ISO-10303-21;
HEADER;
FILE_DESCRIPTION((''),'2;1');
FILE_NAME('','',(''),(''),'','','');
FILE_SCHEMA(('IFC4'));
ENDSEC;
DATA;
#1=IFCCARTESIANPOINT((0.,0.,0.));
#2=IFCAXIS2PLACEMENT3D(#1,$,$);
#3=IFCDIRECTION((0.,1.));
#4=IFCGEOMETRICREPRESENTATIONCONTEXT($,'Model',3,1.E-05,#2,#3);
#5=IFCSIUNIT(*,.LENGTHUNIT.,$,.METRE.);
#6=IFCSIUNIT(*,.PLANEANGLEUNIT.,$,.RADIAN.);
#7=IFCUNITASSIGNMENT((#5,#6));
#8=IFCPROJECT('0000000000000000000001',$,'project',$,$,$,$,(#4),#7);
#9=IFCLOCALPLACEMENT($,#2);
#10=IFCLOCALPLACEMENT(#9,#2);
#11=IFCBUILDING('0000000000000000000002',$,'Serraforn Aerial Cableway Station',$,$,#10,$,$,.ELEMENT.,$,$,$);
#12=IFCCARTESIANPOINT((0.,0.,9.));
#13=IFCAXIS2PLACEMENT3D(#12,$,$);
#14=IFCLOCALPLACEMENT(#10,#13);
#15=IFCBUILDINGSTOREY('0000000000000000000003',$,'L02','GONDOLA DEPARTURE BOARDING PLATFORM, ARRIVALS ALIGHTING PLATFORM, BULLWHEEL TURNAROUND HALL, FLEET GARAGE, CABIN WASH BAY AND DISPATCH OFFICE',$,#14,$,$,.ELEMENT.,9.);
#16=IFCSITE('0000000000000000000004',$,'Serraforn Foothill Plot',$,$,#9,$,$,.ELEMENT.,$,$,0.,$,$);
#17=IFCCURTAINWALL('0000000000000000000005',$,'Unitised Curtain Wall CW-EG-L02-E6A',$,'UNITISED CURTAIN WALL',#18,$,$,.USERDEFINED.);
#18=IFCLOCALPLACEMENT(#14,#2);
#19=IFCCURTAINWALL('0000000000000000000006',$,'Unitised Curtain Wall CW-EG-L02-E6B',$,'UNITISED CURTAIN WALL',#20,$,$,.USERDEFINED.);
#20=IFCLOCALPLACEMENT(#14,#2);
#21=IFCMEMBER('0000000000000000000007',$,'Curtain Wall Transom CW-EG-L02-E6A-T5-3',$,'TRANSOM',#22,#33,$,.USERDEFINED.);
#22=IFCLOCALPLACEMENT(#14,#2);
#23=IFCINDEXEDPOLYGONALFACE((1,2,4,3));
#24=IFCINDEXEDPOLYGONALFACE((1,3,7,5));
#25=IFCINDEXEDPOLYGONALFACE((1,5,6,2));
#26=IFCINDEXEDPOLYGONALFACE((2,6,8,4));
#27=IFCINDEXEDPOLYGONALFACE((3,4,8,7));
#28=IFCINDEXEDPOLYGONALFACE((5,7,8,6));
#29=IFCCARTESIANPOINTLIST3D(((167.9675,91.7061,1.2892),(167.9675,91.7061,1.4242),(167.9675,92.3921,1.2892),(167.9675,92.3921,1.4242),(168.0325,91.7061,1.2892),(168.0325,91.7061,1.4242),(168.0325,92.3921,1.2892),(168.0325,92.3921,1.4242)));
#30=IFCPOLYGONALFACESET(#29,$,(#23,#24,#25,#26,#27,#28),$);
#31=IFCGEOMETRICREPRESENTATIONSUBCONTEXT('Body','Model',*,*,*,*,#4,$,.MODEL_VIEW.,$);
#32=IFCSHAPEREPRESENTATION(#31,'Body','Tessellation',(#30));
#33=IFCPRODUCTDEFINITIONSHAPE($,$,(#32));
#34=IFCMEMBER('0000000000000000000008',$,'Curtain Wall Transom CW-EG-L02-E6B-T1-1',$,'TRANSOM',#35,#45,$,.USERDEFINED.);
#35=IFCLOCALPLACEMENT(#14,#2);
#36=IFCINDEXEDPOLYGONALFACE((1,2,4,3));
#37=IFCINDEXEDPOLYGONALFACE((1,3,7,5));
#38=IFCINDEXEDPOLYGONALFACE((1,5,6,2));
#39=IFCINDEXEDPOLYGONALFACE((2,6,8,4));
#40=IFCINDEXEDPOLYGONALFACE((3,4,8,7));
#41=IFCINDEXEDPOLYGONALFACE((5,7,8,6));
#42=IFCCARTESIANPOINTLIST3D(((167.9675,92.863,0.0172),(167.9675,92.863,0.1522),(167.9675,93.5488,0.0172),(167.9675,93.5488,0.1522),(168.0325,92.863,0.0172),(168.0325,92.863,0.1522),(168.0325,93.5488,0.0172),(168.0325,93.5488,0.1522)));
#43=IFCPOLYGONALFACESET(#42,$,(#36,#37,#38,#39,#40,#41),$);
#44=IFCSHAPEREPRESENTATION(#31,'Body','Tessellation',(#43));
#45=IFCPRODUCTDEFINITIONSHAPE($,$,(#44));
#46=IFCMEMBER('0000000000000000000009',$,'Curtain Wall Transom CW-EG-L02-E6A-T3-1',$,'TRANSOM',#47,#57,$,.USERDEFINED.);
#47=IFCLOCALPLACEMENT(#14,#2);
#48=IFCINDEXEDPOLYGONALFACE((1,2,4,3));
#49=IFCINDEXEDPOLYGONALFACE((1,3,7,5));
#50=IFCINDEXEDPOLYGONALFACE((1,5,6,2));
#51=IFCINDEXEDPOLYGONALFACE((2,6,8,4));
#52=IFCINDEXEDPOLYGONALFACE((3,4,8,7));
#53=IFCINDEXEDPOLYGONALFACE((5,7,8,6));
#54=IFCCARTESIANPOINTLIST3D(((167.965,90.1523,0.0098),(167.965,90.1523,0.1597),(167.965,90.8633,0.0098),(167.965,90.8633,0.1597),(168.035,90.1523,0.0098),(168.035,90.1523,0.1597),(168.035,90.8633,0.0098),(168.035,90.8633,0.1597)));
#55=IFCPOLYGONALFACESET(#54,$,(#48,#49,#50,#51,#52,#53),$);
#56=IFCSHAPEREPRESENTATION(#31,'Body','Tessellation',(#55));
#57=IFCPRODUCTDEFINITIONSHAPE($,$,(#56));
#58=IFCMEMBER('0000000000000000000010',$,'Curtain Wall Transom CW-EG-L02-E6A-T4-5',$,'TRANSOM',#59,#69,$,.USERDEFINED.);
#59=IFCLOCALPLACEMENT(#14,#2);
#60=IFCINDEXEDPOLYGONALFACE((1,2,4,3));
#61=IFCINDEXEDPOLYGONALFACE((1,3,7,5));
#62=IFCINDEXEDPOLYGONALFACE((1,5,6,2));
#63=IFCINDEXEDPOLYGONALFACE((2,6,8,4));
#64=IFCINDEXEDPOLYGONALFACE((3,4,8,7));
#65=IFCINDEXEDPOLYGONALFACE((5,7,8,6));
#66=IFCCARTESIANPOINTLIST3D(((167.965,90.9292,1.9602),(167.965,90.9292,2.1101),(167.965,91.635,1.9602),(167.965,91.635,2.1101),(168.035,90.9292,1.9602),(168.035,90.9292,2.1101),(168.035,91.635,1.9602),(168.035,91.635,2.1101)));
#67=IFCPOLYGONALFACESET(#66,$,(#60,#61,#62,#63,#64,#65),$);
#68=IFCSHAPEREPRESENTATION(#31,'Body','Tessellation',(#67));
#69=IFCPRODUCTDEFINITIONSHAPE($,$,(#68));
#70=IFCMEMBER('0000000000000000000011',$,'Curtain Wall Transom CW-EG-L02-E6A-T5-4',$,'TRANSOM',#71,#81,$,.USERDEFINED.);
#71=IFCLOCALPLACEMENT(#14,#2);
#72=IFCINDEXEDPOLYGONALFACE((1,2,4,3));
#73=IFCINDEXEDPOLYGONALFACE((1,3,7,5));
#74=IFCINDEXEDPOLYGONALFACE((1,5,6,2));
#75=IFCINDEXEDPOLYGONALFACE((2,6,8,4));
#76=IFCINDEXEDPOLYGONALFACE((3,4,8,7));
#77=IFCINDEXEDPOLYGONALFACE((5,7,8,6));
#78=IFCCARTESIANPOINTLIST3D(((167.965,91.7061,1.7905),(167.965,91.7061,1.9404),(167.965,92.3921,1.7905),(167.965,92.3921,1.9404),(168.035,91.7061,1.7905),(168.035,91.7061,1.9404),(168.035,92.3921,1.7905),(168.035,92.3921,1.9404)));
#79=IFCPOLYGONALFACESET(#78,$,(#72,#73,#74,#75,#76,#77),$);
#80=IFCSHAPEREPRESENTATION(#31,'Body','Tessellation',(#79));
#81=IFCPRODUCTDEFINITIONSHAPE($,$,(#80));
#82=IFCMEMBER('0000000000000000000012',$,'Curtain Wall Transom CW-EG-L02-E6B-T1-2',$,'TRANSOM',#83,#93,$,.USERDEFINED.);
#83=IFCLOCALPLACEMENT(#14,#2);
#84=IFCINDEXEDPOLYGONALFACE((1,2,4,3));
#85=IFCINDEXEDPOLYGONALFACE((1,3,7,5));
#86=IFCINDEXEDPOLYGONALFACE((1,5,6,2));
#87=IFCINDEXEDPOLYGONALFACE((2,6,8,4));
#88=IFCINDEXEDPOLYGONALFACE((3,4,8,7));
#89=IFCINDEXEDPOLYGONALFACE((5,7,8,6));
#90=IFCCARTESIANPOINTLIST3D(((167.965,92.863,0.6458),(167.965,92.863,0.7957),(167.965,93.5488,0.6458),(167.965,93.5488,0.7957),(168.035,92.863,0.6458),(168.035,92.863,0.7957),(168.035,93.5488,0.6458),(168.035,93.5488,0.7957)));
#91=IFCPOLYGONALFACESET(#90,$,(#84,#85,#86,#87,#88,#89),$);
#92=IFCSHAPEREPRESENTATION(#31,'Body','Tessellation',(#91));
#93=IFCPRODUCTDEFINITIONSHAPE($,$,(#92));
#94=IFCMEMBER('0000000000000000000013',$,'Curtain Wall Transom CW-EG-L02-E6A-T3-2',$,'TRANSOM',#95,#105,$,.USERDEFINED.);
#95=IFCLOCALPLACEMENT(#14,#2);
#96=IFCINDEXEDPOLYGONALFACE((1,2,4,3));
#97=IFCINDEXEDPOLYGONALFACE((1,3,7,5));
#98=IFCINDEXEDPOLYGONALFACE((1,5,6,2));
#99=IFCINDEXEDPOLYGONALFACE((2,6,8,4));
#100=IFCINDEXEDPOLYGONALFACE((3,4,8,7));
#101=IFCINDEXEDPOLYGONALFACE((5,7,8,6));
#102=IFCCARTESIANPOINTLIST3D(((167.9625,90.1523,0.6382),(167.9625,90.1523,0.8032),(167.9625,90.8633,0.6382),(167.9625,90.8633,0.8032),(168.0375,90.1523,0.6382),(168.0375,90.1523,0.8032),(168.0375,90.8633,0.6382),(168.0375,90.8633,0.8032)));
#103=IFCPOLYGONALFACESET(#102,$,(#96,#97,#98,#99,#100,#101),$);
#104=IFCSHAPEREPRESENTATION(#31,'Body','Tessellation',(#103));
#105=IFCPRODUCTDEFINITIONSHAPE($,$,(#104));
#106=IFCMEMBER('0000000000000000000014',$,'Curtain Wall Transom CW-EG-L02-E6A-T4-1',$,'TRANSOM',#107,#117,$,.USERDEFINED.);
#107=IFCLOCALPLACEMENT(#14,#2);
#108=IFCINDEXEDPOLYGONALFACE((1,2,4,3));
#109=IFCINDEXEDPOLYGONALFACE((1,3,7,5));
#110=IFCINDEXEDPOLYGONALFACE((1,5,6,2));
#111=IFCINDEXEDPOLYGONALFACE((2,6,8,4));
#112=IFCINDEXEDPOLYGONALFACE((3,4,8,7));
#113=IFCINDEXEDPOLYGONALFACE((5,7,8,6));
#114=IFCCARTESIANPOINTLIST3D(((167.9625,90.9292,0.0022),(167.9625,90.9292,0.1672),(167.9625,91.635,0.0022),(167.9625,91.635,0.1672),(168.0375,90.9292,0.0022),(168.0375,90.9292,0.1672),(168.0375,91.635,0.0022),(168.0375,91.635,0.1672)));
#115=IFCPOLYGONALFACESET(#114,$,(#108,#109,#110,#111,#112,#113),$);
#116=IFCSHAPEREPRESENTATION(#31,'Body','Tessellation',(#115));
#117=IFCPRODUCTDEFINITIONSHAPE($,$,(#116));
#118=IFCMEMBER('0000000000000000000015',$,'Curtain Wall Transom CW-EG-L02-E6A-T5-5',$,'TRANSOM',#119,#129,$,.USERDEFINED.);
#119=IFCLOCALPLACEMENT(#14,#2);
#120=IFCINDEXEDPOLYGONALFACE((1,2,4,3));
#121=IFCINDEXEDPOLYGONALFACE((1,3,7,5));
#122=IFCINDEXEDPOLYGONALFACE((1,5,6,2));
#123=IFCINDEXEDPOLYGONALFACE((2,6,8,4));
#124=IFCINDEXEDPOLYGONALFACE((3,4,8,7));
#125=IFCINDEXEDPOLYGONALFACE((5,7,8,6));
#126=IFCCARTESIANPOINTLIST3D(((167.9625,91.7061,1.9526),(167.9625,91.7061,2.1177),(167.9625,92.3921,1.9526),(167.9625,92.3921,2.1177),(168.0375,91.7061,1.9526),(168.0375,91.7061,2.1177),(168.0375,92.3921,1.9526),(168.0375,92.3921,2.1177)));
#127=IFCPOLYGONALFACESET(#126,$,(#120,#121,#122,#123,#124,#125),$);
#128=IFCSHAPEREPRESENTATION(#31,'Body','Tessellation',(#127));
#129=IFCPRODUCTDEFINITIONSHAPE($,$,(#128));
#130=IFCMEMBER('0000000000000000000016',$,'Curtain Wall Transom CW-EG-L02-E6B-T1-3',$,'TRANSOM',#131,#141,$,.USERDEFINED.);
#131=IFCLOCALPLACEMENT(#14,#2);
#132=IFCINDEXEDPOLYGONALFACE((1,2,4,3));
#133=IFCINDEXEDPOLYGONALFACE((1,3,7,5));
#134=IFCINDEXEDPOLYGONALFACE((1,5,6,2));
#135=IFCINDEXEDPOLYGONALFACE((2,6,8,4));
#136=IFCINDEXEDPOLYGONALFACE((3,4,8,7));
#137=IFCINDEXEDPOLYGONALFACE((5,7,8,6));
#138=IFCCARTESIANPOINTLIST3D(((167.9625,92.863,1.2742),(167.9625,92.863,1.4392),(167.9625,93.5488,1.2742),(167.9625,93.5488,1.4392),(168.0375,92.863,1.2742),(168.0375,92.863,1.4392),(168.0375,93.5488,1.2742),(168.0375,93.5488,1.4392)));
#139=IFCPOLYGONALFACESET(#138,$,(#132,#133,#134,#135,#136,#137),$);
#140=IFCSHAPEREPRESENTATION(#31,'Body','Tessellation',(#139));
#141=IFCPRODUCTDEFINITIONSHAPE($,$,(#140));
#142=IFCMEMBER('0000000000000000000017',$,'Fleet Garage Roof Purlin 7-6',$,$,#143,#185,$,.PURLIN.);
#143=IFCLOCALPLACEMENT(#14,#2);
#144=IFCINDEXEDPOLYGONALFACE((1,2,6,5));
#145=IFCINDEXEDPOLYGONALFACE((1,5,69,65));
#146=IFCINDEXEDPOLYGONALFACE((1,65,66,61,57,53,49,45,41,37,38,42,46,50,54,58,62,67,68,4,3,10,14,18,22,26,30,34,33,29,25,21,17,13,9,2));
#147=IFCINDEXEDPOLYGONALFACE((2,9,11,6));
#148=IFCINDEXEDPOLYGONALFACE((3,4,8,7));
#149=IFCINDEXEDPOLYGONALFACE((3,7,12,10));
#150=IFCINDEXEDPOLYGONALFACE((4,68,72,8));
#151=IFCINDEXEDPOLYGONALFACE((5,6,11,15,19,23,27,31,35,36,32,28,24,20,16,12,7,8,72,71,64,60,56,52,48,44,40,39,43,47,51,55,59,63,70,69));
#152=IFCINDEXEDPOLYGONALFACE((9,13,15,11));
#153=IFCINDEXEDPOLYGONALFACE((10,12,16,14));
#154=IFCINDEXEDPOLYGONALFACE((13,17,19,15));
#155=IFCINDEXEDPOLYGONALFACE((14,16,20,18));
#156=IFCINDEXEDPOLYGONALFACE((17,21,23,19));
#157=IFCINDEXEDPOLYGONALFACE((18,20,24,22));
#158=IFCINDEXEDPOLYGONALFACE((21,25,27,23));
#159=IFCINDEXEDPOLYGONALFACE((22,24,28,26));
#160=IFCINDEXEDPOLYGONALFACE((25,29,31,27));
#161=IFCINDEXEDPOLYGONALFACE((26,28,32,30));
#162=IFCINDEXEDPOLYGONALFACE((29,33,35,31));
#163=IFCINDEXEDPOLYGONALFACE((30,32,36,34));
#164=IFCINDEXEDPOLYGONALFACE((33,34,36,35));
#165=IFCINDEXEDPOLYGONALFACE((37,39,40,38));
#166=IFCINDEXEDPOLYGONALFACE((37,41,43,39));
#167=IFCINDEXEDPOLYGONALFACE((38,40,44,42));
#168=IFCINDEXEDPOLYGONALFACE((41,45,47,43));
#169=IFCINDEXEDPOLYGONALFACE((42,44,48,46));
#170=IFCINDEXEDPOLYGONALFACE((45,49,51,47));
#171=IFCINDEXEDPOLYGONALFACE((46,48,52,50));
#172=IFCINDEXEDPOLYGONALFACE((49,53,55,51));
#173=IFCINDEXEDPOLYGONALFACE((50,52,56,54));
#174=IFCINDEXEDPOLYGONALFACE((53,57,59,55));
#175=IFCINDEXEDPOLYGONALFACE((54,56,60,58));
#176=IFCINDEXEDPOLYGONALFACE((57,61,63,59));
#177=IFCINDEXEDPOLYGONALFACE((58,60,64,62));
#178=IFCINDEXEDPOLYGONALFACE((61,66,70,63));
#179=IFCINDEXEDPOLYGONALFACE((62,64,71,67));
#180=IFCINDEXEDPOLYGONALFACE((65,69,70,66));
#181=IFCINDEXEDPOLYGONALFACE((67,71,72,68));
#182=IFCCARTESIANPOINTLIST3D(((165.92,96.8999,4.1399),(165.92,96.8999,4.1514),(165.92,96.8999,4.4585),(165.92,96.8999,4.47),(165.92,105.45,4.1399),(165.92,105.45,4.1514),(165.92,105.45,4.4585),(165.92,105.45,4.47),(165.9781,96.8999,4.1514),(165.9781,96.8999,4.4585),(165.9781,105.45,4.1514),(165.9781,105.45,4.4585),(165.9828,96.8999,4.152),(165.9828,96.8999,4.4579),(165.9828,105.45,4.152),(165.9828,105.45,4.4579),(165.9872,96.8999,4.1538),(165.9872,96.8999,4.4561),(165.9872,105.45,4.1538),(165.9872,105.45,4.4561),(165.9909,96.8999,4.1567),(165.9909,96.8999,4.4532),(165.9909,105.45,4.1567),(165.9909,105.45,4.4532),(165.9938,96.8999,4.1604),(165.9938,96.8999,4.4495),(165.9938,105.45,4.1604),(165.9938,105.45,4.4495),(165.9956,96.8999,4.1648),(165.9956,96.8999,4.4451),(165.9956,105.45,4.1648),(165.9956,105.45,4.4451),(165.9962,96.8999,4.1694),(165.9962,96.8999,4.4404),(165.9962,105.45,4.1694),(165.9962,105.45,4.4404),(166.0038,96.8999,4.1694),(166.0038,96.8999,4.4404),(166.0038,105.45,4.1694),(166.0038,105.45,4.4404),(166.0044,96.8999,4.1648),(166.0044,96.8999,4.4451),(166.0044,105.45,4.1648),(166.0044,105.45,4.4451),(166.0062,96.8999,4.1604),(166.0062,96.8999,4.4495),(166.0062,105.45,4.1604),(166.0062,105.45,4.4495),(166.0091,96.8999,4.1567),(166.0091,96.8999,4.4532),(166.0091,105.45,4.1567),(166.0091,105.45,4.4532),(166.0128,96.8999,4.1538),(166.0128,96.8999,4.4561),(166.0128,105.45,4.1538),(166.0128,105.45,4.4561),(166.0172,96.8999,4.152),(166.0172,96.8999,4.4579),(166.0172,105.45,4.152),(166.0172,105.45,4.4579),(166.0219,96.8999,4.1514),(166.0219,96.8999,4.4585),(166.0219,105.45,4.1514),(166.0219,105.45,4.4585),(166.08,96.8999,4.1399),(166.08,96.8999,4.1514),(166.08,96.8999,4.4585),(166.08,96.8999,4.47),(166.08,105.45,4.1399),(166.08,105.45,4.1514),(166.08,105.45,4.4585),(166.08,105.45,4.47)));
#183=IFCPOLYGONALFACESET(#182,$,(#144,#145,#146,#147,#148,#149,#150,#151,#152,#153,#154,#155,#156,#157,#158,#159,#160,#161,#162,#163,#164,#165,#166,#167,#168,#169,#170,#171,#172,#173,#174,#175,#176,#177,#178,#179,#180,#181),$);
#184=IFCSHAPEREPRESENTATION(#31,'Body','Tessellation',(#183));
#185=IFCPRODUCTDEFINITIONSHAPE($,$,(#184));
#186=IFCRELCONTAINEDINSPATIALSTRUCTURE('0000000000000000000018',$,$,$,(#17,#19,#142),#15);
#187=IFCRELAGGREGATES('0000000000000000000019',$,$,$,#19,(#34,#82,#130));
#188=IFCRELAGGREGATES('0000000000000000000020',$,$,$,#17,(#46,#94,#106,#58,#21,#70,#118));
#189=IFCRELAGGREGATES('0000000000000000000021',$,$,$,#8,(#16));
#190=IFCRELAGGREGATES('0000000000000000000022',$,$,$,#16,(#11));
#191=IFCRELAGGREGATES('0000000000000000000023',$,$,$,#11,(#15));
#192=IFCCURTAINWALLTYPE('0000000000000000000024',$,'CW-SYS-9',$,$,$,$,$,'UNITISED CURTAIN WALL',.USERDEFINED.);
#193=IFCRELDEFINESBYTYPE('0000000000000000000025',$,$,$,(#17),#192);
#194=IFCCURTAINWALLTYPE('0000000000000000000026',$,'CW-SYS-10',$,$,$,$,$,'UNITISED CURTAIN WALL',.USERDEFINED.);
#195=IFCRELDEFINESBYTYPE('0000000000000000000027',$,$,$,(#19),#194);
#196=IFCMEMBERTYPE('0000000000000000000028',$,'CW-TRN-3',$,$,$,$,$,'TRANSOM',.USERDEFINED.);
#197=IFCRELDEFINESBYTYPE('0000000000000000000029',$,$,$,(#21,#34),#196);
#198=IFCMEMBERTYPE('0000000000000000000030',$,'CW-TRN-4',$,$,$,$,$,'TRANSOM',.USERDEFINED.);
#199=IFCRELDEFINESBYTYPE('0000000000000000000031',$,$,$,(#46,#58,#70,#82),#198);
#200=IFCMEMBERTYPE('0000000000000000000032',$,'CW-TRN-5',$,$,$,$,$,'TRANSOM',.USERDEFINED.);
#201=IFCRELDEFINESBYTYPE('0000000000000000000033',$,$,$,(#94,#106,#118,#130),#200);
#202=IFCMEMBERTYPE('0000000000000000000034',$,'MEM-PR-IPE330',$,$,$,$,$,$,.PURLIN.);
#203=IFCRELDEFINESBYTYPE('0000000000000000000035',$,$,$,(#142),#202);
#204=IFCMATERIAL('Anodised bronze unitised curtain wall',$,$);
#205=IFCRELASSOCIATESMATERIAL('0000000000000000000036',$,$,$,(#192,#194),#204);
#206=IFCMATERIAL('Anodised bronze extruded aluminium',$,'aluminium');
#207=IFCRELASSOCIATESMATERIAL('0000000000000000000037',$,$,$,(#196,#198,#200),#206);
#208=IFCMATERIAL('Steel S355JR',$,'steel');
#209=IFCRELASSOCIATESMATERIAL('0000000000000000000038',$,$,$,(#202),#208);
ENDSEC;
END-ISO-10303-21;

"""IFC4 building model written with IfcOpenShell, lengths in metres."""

from ifc_helpers import new_model, si_unit, direction, frame, origin, origin_2d, place, context, subcontext, project, spatial, rectangle, i_section, extrude, material, material_profile, profile_set, type_object, element, aggregate, save


model = new_model("IFC4")

# Units and contexts
model_context = context("Model", 3, precision=1e-05, world=origin(), true_north=direction((0.0, 1.0)))
body_context = subcontext(model_context, "Body", "Model", "MODEL_VIEW")
ifc_project = project(units=[si_unit("LENGTHUNIT", "METRE"), si_unit("PLANEANGLEUNIT", "RADIAN")], contexts=[model_context])

# Site, building, storey
site_placement = place(None, origin())
site = spatial("IfcSite", under=ifc_project, at=site_placement, Name="Serraforn Foothill Plot", CompositionType="ELEMENT", RefElevation=0.0)
building_placement = place(site_placement, origin())
building = spatial("IfcBuilding", under=site, at=building_placement, Name="Serraforn Aerial Cableway Station", CompositionType="ELEMENT")
storey_placement = place(building_placement, frame((0.0, 0.0, 9.0)))
storey = spatial("IfcBuildingStorey", under=building, at=storey_placement, Name="L02", Description="GONDOLA DEPARTURE BOARDING PLATFORM, ARRIVALS ALIGHTING PLATFORM, BULLWHEEL TURNAROUND HALL, FLEET GARAGE, CABIN WASH BAY AND DISPATCH OFFICE", CompositionType="ELEMENT", Elevation=9.0)

# Curtain walls
ifc_material_1 = material(Name="Anodised bronze unitised curtain wall")
curtain_wall_type_1 = type_object("IfcCurtainWallType", Name="CW-SYS-9", ElementType="UNITISED CURTAIN WALL", PredefinedType="USERDEFINED", material=ifc_material_1)
curtain_wall_1_placement = place(storey_placement, origin())
curtain_wall_1 = element("IfcCurtainWall", 1, at=curtain_wall_1_placement, inside=storey, type_object=curtain_wall_type_1, Name="Unitised Curtain Wall CW-EG-L02-E6A", ObjectType="UNITISED CURTAIN WALL", PredefinedType="USERDEFINED")
ifc_material_2 = material(Name="Anodised bronze extruded aluminium", Category="aluminium")
curtain_wall_type_2 = type_object("IfcCurtainWallType", Name="CW-SYS-10", ElementType="UNITISED CURTAIN WALL", PredefinedType="USERDEFINED", material=ifc_material_1)
curtain_wall_2_placement = place(storey_placement, origin())
curtain_wall_2 = element("IfcCurtainWall", 2, at=curtain_wall_2_placement, inside=storey, type_object=curtain_wall_type_2, Name="Unitised Curtain Wall CW-EG-L02-E6B", ObjectType="UNITISED CURTAIN WALL", PredefinedType="USERDEFINED")

# Members
ifc_material_profile_1 = material_profile(ifc_material_2, rectangle(XDim=0.0649, YDim=0.135, at=origin_2d()), Name="CW TRANSOM 65x135")
ifc_profile_set_1 = profile_set([ifc_material_profile_1], Name="Anodised bronze extruded aluminium")
member_type_1 = type_object("IfcMemberType", Name="CW-TRN-3", ElementType="TRANSOM", PredefinedType="USERDEFINED", material=ifc_profile_set_1)
member_1_placement = place(storey_placement, frame((168.0, 91.7061, 1.3567), z_axis=(0.0, 1.0, 0.0), x_axis=(-1.0, 0.0, 0.0)))
member_1 = element("IfcMember", 3, at=member_1_placement, type_object=member_type_1, Name="Curtain Wall Transom CW-EG-L02-E6A-T5-3", ObjectType="TRANSOM", PredefinedType="USERDEFINED", context=body_context, shape_type="SweptSolid", body=[
    extrude(rectangle(XDim=0.0649, YDim=0.135, at=origin_2d()), origin(), (0.0, 0.0, 1.0), 0.686),
])
member_2_placement = place(storey_placement, frame((168.0, 92.863, 0.0847), z_axis=(0.0, 1.0, 0.0), x_axis=(-1.0, 0.0, 0.0)))
member_2 = element("IfcMember", 4, at=member_2_placement, type_object=member_type_1, Name="Curtain Wall Transom CW-EG-L02-E6B-T1-1", ObjectType="TRANSOM", PredefinedType="USERDEFINED", context=body_context, shape_type="SweptSolid", body=[
    extrude(rectangle(XDim=0.0649, YDim=0.135, at=origin_2d()), origin(), (0.0, 0.0, 1.0), 0.6858),
])
ifc_material_profile_2 = material_profile(ifc_material_2, rectangle(XDim=0.0701, YDim=0.1499, at=origin_2d()), Name="CW TRANSOM 70x150")
ifc_profile_set_2 = profile_set([ifc_material_profile_2], Name="Anodised bronze extruded aluminium")
member_type_2 = type_object("IfcMemberType", Name="CW-TRN-4", ElementType="TRANSOM", PredefinedType="USERDEFINED", material=ifc_profile_set_2)
member_3_placement = place(storey_placement, frame((168.0, 90.1523, 0.0847), z_axis=(0.0, 1.0, 0.0), x_axis=(-1.0, 0.0, 0.0)))
member_3 = element("IfcMember", 5, at=member_3_placement, type_object=member_type_2, Name="Curtain Wall Transom CW-EG-L02-E6A-T3-1", ObjectType="TRANSOM", PredefinedType="USERDEFINED", context=body_context, shape_type="SweptSolid", body=[
    extrude(rectangle(XDim=0.0701, YDim=0.1499, at=origin_2d()), origin(), (0.0, 0.0, 1.0), 0.7109),
])
member_4_placement = place(storey_placement, frame((168.0, 90.9292, 2.0352), z_axis=(0.0, 1.0, 0.0), x_axis=(-1.0, 0.0, 0.0)))
member_4 = element("IfcMember", 6, at=member_4_placement, type_object=member_type_2, Name="Curtain Wall Transom CW-EG-L02-E6A-T4-5", ObjectType="TRANSOM", PredefinedType="USERDEFINED", context=body_context, shape_type="SweptSolid", body=[
    extrude(rectangle(XDim=0.0701, YDim=0.1499, at=origin_2d()), origin(), (0.0, 0.0, 1.0), 0.7058),
])
member_5_placement = place(storey_placement, frame((168.0, 91.7061, 1.8655), z_axis=(0.0, 1.0, 0.0), x_axis=(-1.0, 0.0, 0.0)))
member_5 = element("IfcMember", 7, at=member_5_placement, type_object=member_type_2, Name="Curtain Wall Transom CW-EG-L02-E6A-T5-4", ObjectType="TRANSOM", PredefinedType="USERDEFINED", context=body_context, shape_type="SweptSolid", body=[
    extrude(rectangle(XDim=0.0701, YDim=0.1499, at=origin_2d()), origin(), (0.0, 0.0, 1.0), 0.686),
])
member_6_placement = place(storey_placement, frame((168.0, 92.863, 0.7207), z_axis=(0.0, 1.0, 0.0), x_axis=(-1.0, 0.0, 0.0)))
member_6 = element("IfcMember", 8, at=member_6_placement, type_object=member_type_2, Name="Curtain Wall Transom CW-EG-L02-E6B-T1-2", ObjectType="TRANSOM", PredefinedType="USERDEFINED", context=body_context, shape_type="SweptSolid", body=[
    extrude(rectangle(XDim=0.0701, YDim=0.1499, at=origin_2d()), origin(), (0.0, 0.0, 1.0), 0.6858),
])
ifc_material_profile_3 = material_profile(ifc_material_2, rectangle(XDim=0.075, YDim=0.165, at=origin_2d()), Name="CW TRANSOM 75x165")
ifc_profile_set_3 = profile_set([ifc_material_profile_3], Name="Anodised bronze extruded aluminium")
member_type_3 = type_object("IfcMemberType", Name="CW-TRN-5", ElementType="TRANSOM", PredefinedType="USERDEFINED", material=ifc_profile_set_3)
member_7_placement = place(storey_placement, frame((168.0, 90.1523, 0.7207), z_axis=(0.0, 1.0, 0.0), x_axis=(-1.0, 0.0, 0.0)))
member_7 = element("IfcMember", 9, at=member_7_placement, type_object=member_type_3, Name="Curtain Wall Transom CW-EG-L02-E6A-T3-2", ObjectType="TRANSOM", PredefinedType="USERDEFINED", context=body_context, shape_type="SweptSolid", body=[
    extrude(rectangle(XDim=0.075, YDim=0.165, at=origin_2d()), origin(), (0.0, 0.0, 1.0), 0.7109),
])
member_8_placement = place(storey_placement, frame((168.0, 90.9292, 0.0847), z_axis=(0.0, 1.0, 0.0), x_axis=(-1.0, 0.0, 0.0)))
member_8 = element("IfcMember", 10, at=member_8_placement, type_object=member_type_3, Name="Curtain Wall Transom CW-EG-L02-E6A-T4-1", ObjectType="TRANSOM", PredefinedType="USERDEFINED", context=body_context, shape_type="SweptSolid", body=[
    extrude(rectangle(XDim=0.075, YDim=0.165, at=origin_2d()), origin(), (0.0, 0.0, 1.0), 0.7058),
])
member_9_placement = place(storey_placement, frame((168.0, 91.7061, 2.0352), z_axis=(0.0, 1.0, 0.0), x_axis=(-1.0, 0.0, 0.0)))
member_9 = element("IfcMember", 11, at=member_9_placement, type_object=member_type_3, Name="Curtain Wall Transom CW-EG-L02-E6A-T5-5", ObjectType="TRANSOM", PredefinedType="USERDEFINED", context=body_context, shape_type="SweptSolid", body=[
    extrude(rectangle(XDim=0.075, YDim=0.165, at=origin_2d()), origin(), (0.0, 0.0, 1.0), 0.686),
])
member_10_placement = place(storey_placement, frame((168.0, 92.863, 1.3567), z_axis=(0.0, 1.0, 0.0), x_axis=(-1.0, 0.0, 0.0)))
member_10 = element("IfcMember", 12, at=member_10_placement, type_object=member_type_3, Name="Curtain Wall Transom CW-EG-L02-E6B-T1-3", ObjectType="TRANSOM", PredefinedType="USERDEFINED", context=body_context, shape_type="SweptSolid", body=[
    extrude(rectangle(XDim=0.075, YDim=0.165, at=origin_2d()), origin(), (0.0, 0.0, 1.0), 0.6858),
])
aggregate(curtain_wall_2, [member_2, member_6, member_10])

# Member
ifc_material_3 = material(Name="Steel S355JR", Category="steel")
ifc_material_profile_4 = material_profile(ifc_material_3, i_section(OverallWidth=0.1599, OverallDepth=0.3301, WebThickness=0.0076, FlangeThickness=0.0115, FilletRadius=0.0181, at=origin_2d()), Name="IPE 330")
ifc_profile_set_4 = profile_set([ifc_material_profile_4], Name="Steel S355JR")
member_type_4 = type_object("IfcMemberType", Name="MEM-PR-IPE330", PredefinedType="PURLIN", material=ifc_profile_set_4)
member_11_placement = place(storey_placement, frame((166.0, 96.8999, 4.3049), z_axis=(0.0, 1.0, 0.0), x_axis=(-1.0, 0.0, 0.0)))
element("IfcMember", 13, at=member_11_placement, inside=storey, type_object=member_type_4, Name="Fleet Garage Roof Purlin 7-6", PredefinedType="PURLIN", context=body_context, shape_type="SweptSolid", body=[
    extrude(i_section(OverallWidth=0.1599, OverallDepth=0.3301, WebThickness=0.0076, FlangeThickness=0.0115, FilletRadius=0.0181, at=origin_2d()), origin(), (0.0, 0.0, 1.0), 8.55),
])

aggregate(curtain_wall_1, [member_3, member_7, member_8, member_4, member_1, member_5, member_9])

save(model, "model.ifc")
